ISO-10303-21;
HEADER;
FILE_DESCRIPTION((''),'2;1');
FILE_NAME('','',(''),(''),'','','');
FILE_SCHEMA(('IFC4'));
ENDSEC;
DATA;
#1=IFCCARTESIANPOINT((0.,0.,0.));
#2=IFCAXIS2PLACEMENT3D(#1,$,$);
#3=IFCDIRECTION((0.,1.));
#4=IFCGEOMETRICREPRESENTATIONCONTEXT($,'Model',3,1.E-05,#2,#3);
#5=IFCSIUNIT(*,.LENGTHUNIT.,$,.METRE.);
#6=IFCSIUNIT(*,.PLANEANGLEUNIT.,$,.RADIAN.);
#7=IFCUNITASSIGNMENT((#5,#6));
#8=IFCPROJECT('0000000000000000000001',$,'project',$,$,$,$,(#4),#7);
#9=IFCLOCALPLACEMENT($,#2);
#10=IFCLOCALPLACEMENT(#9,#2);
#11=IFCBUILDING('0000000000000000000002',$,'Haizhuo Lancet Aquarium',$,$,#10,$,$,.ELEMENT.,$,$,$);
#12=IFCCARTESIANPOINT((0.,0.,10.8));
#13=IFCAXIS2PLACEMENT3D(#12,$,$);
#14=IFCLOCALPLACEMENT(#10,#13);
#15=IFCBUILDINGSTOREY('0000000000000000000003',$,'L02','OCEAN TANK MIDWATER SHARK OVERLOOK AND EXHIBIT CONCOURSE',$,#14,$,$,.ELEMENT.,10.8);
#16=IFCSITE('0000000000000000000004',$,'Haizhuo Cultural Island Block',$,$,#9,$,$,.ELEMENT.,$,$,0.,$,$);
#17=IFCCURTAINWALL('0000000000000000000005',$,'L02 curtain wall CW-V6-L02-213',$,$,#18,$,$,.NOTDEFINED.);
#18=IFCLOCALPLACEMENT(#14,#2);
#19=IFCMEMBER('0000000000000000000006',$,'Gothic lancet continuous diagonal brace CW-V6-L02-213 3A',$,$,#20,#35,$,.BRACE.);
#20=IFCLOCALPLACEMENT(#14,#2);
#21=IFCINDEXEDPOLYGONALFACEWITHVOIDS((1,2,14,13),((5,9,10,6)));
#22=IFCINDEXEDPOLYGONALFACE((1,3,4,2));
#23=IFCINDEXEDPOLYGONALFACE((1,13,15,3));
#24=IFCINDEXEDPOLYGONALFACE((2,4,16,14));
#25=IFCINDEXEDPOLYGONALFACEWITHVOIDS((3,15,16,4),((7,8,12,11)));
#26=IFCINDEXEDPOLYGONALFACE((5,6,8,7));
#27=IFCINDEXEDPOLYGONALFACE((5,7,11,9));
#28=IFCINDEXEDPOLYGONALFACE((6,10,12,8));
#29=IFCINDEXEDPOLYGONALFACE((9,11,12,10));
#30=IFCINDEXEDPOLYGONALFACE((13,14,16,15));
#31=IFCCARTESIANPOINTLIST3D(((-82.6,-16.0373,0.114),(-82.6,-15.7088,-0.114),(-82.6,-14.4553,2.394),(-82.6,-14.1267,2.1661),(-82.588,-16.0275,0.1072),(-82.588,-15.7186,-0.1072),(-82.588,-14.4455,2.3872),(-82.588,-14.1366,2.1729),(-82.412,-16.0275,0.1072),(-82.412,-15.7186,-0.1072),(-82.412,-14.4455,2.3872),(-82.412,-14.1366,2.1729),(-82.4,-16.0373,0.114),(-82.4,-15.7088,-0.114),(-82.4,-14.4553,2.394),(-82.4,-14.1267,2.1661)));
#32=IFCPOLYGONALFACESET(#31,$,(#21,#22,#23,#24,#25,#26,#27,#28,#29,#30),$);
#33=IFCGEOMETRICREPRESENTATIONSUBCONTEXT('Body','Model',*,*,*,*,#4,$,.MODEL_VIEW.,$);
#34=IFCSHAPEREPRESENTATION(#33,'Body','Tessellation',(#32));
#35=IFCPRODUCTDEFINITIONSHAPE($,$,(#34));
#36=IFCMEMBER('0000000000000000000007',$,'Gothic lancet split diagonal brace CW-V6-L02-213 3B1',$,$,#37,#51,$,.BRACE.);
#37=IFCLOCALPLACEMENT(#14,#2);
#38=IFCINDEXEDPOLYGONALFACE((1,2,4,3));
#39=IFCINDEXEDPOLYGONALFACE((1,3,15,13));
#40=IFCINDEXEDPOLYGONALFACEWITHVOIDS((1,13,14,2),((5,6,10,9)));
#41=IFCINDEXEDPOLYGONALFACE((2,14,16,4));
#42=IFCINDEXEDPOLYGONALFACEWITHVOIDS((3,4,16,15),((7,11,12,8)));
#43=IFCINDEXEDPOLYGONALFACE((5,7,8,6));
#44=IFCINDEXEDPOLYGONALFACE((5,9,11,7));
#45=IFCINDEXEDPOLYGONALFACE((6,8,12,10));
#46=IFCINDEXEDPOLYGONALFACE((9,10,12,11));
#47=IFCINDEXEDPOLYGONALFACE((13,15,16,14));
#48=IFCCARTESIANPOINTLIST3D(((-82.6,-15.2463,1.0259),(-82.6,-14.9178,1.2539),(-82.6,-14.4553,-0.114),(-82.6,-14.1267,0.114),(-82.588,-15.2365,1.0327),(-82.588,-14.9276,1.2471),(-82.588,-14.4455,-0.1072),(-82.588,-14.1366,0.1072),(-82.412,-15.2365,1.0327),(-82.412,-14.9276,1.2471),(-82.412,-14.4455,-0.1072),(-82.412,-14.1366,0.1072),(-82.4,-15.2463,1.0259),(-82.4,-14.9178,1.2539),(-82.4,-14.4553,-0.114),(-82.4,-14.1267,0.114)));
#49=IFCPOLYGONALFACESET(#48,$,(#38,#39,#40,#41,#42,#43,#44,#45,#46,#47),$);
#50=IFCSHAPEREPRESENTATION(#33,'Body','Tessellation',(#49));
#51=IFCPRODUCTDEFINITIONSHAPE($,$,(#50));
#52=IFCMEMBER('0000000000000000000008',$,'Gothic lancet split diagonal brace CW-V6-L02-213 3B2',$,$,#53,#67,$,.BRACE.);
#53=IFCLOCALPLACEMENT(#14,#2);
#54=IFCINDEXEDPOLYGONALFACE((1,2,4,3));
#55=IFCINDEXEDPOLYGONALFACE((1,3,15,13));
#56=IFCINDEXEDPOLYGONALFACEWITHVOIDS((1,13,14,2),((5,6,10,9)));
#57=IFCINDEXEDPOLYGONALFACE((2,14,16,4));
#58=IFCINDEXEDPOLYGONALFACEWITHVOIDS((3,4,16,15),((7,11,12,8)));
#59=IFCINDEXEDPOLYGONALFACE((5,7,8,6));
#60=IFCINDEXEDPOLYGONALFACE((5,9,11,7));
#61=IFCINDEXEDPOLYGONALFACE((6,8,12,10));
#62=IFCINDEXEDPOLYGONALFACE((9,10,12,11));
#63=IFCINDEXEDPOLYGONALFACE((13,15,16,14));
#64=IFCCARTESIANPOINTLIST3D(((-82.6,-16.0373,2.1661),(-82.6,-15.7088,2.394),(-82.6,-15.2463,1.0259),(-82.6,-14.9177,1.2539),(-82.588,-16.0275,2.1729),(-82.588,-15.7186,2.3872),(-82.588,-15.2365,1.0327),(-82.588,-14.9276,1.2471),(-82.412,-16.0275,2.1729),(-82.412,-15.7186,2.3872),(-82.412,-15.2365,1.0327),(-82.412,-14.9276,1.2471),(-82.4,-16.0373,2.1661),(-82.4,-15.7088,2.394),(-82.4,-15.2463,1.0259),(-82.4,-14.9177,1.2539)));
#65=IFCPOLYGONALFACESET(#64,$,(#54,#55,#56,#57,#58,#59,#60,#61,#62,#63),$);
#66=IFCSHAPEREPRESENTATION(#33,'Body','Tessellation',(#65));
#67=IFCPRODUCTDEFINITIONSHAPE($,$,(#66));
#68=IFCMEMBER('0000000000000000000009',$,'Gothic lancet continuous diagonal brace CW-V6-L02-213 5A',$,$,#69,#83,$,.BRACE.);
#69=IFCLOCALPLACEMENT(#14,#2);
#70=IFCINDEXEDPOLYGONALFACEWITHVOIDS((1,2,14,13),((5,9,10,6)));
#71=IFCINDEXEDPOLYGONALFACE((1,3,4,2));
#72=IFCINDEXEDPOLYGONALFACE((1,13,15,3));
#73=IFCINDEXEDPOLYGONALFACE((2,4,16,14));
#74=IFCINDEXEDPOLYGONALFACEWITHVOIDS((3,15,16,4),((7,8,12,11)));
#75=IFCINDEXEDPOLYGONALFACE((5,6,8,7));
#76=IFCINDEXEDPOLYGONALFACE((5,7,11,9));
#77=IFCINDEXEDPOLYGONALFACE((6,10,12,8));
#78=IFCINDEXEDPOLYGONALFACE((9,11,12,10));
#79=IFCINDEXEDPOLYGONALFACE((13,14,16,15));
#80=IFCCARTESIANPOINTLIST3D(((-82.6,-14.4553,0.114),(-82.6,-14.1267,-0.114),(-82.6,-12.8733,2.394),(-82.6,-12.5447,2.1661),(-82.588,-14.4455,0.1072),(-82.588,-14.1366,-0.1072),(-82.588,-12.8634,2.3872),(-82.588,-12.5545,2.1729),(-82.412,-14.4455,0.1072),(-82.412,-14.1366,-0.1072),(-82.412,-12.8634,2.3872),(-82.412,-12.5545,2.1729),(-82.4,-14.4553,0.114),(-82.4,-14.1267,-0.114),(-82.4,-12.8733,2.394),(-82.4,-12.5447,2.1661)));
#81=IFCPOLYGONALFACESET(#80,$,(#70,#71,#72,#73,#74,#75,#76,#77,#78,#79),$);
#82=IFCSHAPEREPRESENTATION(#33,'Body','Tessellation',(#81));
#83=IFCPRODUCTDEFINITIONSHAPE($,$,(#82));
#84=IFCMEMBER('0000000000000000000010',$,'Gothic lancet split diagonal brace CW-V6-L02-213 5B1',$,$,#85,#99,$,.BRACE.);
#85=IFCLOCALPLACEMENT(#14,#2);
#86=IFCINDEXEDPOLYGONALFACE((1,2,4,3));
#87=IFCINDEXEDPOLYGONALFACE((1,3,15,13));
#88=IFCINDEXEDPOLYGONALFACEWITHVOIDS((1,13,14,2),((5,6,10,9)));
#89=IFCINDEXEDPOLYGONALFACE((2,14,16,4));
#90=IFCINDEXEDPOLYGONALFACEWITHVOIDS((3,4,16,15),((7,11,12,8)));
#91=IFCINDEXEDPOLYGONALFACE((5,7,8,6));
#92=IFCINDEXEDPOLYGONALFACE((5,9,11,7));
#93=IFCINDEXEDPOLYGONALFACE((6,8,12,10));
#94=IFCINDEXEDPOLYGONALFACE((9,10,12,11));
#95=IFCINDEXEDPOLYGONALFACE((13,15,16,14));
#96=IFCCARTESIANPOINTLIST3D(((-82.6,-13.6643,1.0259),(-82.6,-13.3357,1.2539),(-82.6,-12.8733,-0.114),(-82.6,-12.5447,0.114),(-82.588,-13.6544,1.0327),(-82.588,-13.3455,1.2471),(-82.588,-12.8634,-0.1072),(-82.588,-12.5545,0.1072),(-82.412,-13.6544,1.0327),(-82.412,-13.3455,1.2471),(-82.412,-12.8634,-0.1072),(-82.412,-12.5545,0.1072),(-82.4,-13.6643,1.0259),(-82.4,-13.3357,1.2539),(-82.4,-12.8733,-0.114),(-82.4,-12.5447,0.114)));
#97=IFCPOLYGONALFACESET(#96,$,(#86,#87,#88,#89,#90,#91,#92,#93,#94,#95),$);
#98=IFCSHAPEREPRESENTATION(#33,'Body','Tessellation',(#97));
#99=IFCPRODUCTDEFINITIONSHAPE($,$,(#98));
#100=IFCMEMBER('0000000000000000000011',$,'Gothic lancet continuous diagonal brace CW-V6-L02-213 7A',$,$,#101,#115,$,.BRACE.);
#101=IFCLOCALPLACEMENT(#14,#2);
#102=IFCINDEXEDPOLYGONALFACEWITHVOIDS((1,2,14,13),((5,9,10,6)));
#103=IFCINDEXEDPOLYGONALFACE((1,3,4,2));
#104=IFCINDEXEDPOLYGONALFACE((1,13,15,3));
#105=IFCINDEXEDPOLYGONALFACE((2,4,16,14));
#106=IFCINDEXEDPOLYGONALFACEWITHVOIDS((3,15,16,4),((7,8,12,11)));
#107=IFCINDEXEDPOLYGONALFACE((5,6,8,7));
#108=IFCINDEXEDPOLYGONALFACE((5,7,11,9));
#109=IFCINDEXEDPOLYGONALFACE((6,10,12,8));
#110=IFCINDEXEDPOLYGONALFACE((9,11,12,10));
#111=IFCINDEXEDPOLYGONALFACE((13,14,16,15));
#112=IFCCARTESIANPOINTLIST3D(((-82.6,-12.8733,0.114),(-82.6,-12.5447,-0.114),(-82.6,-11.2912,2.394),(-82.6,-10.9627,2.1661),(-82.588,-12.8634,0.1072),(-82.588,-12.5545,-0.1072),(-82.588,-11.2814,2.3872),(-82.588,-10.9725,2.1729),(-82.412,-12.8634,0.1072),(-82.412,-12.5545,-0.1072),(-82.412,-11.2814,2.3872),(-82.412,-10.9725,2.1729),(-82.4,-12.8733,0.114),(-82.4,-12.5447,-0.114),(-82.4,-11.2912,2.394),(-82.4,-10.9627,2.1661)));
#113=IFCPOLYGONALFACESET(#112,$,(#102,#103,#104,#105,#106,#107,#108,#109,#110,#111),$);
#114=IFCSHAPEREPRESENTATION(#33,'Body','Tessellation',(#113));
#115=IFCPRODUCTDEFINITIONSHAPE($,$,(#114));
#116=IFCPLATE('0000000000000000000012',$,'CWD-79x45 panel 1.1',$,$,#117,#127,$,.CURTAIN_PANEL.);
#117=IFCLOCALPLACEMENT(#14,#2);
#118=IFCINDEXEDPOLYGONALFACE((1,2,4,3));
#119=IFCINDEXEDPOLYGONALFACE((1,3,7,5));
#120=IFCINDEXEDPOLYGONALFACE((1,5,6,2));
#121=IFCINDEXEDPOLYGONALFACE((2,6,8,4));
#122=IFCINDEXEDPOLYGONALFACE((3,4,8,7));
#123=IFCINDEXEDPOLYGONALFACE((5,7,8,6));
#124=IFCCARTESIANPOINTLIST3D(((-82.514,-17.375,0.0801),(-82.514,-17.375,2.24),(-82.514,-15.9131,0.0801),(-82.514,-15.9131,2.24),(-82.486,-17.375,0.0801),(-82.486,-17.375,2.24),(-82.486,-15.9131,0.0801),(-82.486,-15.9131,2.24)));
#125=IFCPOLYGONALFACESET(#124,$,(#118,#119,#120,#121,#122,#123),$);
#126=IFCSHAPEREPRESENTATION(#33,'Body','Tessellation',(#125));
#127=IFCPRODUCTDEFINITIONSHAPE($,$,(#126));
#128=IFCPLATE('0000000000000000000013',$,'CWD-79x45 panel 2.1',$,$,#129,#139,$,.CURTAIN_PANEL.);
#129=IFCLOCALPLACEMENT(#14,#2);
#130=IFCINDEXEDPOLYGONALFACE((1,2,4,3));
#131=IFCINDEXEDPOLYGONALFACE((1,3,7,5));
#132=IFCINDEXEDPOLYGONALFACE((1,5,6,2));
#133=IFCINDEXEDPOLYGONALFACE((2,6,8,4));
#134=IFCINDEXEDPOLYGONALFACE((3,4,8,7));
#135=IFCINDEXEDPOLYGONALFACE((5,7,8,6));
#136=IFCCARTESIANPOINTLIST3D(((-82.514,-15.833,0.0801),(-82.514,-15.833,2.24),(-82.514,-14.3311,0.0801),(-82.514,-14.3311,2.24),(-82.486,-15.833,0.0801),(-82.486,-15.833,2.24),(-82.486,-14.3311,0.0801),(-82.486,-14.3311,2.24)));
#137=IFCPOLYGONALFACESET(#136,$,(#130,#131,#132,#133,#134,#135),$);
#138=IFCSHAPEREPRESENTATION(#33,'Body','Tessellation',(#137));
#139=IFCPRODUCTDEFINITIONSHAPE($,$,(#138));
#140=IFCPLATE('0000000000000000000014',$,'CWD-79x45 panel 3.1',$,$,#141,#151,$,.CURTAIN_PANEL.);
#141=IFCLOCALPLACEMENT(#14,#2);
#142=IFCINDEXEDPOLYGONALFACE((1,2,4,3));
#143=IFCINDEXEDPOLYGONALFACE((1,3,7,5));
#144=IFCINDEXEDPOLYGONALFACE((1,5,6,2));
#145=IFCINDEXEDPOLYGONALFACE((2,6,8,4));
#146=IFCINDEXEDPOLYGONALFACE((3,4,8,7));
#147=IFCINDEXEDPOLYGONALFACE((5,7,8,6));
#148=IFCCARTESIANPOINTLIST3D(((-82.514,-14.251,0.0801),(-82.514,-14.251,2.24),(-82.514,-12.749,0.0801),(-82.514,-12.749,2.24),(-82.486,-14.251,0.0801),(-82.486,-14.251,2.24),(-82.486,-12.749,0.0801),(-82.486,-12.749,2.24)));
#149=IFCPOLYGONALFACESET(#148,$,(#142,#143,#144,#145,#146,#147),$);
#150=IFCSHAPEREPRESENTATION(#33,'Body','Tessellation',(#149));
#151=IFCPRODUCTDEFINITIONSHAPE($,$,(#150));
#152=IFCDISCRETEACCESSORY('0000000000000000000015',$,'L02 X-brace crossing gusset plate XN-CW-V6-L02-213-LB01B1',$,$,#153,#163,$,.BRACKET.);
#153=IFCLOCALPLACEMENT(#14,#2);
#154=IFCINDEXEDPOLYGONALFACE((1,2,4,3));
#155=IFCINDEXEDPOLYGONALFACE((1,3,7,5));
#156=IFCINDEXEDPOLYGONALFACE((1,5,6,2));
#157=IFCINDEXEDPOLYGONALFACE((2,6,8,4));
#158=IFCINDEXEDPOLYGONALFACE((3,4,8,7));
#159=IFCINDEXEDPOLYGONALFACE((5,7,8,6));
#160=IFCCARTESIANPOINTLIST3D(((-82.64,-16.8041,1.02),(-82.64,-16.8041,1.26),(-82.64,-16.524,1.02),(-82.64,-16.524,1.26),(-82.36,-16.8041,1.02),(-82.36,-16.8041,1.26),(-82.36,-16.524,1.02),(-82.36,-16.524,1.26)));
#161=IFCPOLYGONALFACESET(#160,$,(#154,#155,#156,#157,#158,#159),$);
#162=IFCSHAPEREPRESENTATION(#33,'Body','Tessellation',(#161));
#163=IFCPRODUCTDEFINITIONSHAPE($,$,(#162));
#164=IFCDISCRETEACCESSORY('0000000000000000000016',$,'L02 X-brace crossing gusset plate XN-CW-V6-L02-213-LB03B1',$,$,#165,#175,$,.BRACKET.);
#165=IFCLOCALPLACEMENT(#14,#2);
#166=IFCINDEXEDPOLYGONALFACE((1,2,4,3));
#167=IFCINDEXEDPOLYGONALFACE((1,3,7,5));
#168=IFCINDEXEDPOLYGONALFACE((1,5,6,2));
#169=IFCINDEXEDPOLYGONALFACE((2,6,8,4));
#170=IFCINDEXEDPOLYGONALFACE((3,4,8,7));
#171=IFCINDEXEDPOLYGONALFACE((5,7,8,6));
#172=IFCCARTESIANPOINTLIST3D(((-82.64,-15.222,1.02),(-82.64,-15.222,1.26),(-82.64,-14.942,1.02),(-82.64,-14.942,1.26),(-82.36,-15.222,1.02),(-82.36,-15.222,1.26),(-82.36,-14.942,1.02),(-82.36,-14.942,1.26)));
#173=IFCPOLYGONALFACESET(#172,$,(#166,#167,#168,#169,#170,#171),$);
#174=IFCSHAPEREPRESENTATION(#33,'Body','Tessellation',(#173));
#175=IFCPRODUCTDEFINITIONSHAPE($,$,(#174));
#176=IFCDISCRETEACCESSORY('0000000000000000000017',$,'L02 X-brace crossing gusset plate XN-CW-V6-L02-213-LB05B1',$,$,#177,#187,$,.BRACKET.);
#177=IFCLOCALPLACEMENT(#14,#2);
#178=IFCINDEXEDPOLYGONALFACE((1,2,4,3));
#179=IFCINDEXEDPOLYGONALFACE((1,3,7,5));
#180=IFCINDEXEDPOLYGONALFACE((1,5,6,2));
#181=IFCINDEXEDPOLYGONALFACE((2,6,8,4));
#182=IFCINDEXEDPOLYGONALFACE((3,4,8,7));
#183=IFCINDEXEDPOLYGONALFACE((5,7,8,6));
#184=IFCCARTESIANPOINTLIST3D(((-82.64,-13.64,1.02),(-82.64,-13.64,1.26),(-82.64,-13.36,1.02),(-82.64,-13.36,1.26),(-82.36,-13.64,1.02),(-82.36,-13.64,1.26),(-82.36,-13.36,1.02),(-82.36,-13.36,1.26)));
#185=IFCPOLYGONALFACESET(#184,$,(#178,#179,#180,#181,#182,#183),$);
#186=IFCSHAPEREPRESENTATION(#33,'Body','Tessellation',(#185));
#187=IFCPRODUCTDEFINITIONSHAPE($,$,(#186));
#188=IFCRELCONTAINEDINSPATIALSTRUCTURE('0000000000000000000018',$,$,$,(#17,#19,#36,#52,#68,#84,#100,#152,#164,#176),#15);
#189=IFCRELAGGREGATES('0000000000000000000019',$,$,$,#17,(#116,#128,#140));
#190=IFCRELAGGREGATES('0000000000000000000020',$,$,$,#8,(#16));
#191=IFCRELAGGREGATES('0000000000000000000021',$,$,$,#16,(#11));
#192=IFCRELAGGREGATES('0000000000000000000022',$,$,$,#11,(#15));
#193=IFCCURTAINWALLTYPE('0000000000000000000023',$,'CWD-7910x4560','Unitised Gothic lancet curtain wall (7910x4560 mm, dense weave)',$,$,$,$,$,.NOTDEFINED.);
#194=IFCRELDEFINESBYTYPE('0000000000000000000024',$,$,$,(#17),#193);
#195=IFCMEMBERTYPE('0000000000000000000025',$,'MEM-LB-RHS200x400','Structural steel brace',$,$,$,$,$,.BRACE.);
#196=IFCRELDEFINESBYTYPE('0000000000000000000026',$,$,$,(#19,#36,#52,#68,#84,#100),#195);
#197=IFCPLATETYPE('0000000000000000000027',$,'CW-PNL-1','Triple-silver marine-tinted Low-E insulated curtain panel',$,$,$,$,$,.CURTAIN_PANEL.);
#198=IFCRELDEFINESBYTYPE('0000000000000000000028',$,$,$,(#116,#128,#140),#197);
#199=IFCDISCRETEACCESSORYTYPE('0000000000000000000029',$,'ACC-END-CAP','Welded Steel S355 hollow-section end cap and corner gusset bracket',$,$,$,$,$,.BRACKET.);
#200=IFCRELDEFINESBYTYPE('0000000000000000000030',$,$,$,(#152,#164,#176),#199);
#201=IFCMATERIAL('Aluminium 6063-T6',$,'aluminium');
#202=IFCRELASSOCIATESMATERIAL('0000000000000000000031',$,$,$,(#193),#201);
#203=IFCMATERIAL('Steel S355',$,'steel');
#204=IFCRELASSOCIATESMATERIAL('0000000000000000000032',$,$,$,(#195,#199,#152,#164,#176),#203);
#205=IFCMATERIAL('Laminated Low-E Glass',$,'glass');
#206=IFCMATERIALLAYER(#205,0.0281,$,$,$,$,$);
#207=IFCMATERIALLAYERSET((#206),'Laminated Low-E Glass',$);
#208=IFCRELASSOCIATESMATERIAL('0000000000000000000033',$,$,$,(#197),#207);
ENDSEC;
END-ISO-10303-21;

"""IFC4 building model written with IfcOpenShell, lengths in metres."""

from ifc_helpers import new_model, si_unit, direction, frame, origin, origin_2d, place, context, subcontext, project, spatial, rectangle, hollow_rectangle, extrude, material, layer, layer_set, material_profile, profile_set, type_object, element, aggregate, save


model = new_model("IFC4")

# Units and contexts
model_context = context("Model", 3, precision=1e-05, world=origin(), true_north=direction((0.0, 1.0)))
body_context = subcontext(model_context, "Body", "Model", "MODEL_VIEW")
ifc_project = project(units=[si_unit("LENGTHUNIT", "METRE"), si_unit("PLANEANGLEUNIT", "RADIAN")], contexts=[model_context])

# Site, building, storey
site_placement = place(None, origin())
site = spatial("IfcSite", under=ifc_project, at=site_placement, Name="Haizhuo Cultural Island Block", CompositionType="ELEMENT", RefElevation=0.0)
building_placement = place(site_placement, origin())
building = spatial("IfcBuilding", under=site, at=building_placement, Name="Haizhuo Lancet Aquarium", CompositionType="ELEMENT")
storey_placement = place(building_placement, frame((0.0, 0.0, 10.8)))
storey = spatial("IfcBuildingStorey", under=building, at=storey_placement, Name="L02", Description="OCEAN TANK MIDWATER SHARK OVERLOOK AND EXHIBIT CONCOURSE", CompositionType="ELEMENT", Elevation=10.8)

# Curtain wall
ifc_material_1 = material(Name="Aluminium 6063-T6", Category="aluminium")
curtain_wall_type = type_object("IfcCurtainWallType", Name="CWD-7910x4560", Description="Unitised Gothic lancet curtain wall (7910x4560 mm, dense weave)", PredefinedType="NOTDEFINED", material=ifc_material_1)
curtain_wall_placement = place(storey_placement, origin())
curtain_wall = element("IfcCurtainWall", 1, at=curtain_wall_placement, inside=storey, type_object=curtain_wall_type, Name="L02 curtain wall CW-V6-L02-213", PredefinedType="NOTDEFINED")

# Members
ifc_material_2 = material(Name="Steel S355", Category="steel")
ifc_material_profile_1 = material_profile(ifc_material_2, hollow_rectangle(XDim=0.2, YDim=0.3999, WallThickness=0.012, at=origin_2d()), Name="RHS 200x400x12")
ifc_profile_set_1 = profile_set([ifc_material_profile_1], Name="Steel S355")
member_type_1 = type_object("IfcMemberType", Name="MEM-LB-RHS200x400", Description="Structural steel brace", PredefinedType="BRACE", material=ifc_profile_set_1)
member_1_placement = place(storey_placement, frame((-82.5, -15.873, 0.0), z_axis=(0.0, 0.570074, 0.821593), x_axis=(-1.0, 0.0, 0.0)))
element("IfcMember", 2, at=member_1_placement, inside=storey, type_object=member_type_1, Name="Gothic lancet continuous diagonal brace CW-V6-L02-213 3A", PredefinedType="BRACE", context=body_context, shape_type="SweptSolid", body=[
    extrude(hollow_rectangle(XDim=0.2, YDim=0.3999, WallThickness=0.012, at=origin_2d()), origin(), (0.0, 0.0, 1.0), 2.7751),
])
member_2_placement = place(storey_placement, frame((-82.5, -14.291, 0.0), z_axis=(0.0, -0.570115, 0.821565), x_axis=(1.0, 0.0, 0.0)))
element("IfcMember", 3, at=member_2_placement, inside=storey, type_object=member_type_1, Name="Gothic lancet split diagonal brace CW-V6-L02-213 3B1", PredefinedType="BRACE", context=body_context, shape_type="SweptSolid", body=[
    extrude(hollow_rectangle(XDim=0.2, YDim=0.3999, WallThickness=0.012, at=origin_2d()), origin(), (0.0, 0.0, 1.0), 1.3875),
])
member_3_placement = place(storey_placement, frame((-82.5, -15.082, 1.1399), z_axis=(0.0, -0.570033, 0.821622), x_axis=(1.0, 0.0, 0.0)))
element("IfcMember", 4, at=member_3_placement, inside=storey, type_object=member_type_1, Name="Gothic lancet split diagonal brace CW-V6-L02-213 3B2", PredefinedType="BRACE", context=body_context, shape_type="SweptSolid", body=[
    extrude(hollow_rectangle(XDim=0.2, YDim=0.3999, WallThickness=0.012, at=origin_2d()), origin(), (0.0, 0.0, 1.0), 1.3877),
])
member_4_placement = place(storey_placement, frame((-82.5, -14.291, 0.0), z_axis=(0.0, 0.570074, 0.821593), x_axis=(-1.0, 0.0, 0.0)))
element("IfcMember", 5, at=member_4_placement, inside=storey, type_object=member_type_1, Name="Gothic lancet continuous diagonal brace CW-V6-L02-213 5A", PredefinedType="BRACE", context=body_context, shape_type="SweptSolid", body=[
    extrude(hollow_rectangle(XDim=0.2, YDim=0.3999, WallThickness=0.012, at=origin_2d()), origin(), (0.0, 0.0, 1.0), 2.7751),
])
member_5_placement = place(storey_placement, frame((-82.5, -12.709, 0.0), z_axis=(0.0, -0.570115, 0.821565), x_axis=(1.0, 0.0, 0.0)))
element("IfcMember", 6, at=member_5_placement, inside=storey, type_object=member_type_1, Name="Gothic lancet split diagonal brace CW-V6-L02-213 5B1", PredefinedType="BRACE", context=body_context, shape_type="SweptSolid", body=[
    extrude(hollow_rectangle(XDim=0.2, YDim=0.3999, WallThickness=0.012, at=origin_2d()), origin(), (0.0, 0.0, 1.0), 1.3875),
])
member_6_placement = place(storey_placement, frame((-82.5, -12.709, 0.0), z_axis=(0.0, 0.570074, 0.821593), x_axis=(-1.0, 0.0, 0.0)))
element("IfcMember", 7, at=member_6_placement, inside=storey, type_object=member_type_1, Name="Gothic lancet continuous diagonal brace CW-V6-L02-213 7A", PredefinedType="BRACE", context=body_context, shape_type="SweptSolid", body=[
    extrude(hollow_rectangle(XDim=0.2, YDim=0.3999, WallThickness=0.012, at=origin_2d()), origin(), (0.0, 0.0, 1.0), 2.7751),
])

# Plates
ifc_material_3 = material(Name="Laminated Low-E Glass", Category="glass")
ifc_layer = layer(ifc_material_3, 0.0281)
ifc_layer_set = layer_set([ifc_layer], Name="Laminated Low-E Glass")
plate_type = type_object("IfcPlateType", Name="CW-PNL-1", Description="Triple-silver marine-tinted Low-E insulated curtain panel", PredefinedType="CURTAIN_PANEL", material=ifc_layer_set)
plate_1_placement = place(storey_placement, frame((-82.5, -16.644, 0.0801), z_axis=(0.0, 0.0, 1.0), x_axis=(0.0, 1.0, 0.0)))
plate_1 = element("IfcPlate", 8, at=plate_1_placement, type_object=plate_type, Name="CWD-79x45 panel 1.1", PredefinedType="CURTAIN_PANEL", context=body_context, shape_type="SweptSolid", body=[
    extrude(rectangle(XDim=1.4619, YDim=0.0281, at=origin_2d()), origin(), (0.0, 0.0, 1.0), 2.1599),
])
plate_2_placement = place(storey_placement, frame((-82.5, -15.082, 0.0801), z_axis=(0.0, 0.0, 1.0), x_axis=(0.0, 1.0, 0.0)))
plate_2 = element("IfcPlate", 9, at=plate_2_placement, type_object=plate_type, Name="CWD-79x45 panel 2.1", PredefinedType="CURTAIN_PANEL", context=body_context, shape_type="SweptSolid", body=[
    extrude(rectangle(XDim=1.502, YDim=0.0281, at=origin_2d()), origin(), (0.0, 0.0, 1.0), 2.1599),
])
plate_3_placement = place(storey_placement, frame((-82.5, -13.5, 0.0801), z_axis=(0.0, 0.0, 1.0), x_axis=(0.0, 1.0, 0.0)))
plate_3 = element("IfcPlate", 10, at=plate_3_placement, type_object=plate_type, Name="CWD-79x45 panel 3.1", PredefinedType="CURTAIN_PANEL", context=body_context, shape_type="SweptSolid", body=[
    extrude(rectangle(XDim=1.502, YDim=0.0281, at=origin_2d()), origin(), (0.0, 0.0, 1.0), 2.1599),
])
aggregate(curtain_wall, [plate_1, plate_2, plate_3])

# Discrete accessories
discrete_accessory_type = type_object("IfcDiscreteAccessoryType", Name="ACC-END-CAP", Description="Welded Steel S355 hollow-section end cap and corner gusset bracket", PredefinedType="BRACKET", material=ifc_material_2)
for number, where, z_axis, x_axis, name in (
    (11, (-82.5, -16.6641, 1.02), (0.0, 0.0, 1.0), (1.0, 0.0, 0.0), "L02 X-brace crossing gusset plate XN-CW-V6-L02-213-LB01B1"),
    (12, (-82.5, -15.082, 1.02), (0.0, 0.0, 1.0), (1.0, 0.0, 0.0), "L02 X-brace crossing gusset plate XN-CW-V6-L02-213-LB03B1"),
    (13, (-82.5, -13.5, 1.02), (0.0, 0.0, 1.0), (1.0, 0.0, 0.0), "L02 X-brace crossing gusset plate XN-CW-V6-L02-213-LB05B1"),
):
    element("IfcDiscreteAccessory", number, at=place(storey_placement, frame(where, z_axis=z_axis, x_axis=x_axis)), inside=storey, type_object=discrete_accessory_type, material=ifc_material_2, Name=name, PredefinedType="BRACKET", context=body_context, shape_type="SweptSolid", body=[
        extrude(rectangle(XDim=0.28, YDim=0.28, at=origin_2d()), origin(), (0.0, 0.0, 1.0), 0.24),
    ])

save(model, "model.ifc")
